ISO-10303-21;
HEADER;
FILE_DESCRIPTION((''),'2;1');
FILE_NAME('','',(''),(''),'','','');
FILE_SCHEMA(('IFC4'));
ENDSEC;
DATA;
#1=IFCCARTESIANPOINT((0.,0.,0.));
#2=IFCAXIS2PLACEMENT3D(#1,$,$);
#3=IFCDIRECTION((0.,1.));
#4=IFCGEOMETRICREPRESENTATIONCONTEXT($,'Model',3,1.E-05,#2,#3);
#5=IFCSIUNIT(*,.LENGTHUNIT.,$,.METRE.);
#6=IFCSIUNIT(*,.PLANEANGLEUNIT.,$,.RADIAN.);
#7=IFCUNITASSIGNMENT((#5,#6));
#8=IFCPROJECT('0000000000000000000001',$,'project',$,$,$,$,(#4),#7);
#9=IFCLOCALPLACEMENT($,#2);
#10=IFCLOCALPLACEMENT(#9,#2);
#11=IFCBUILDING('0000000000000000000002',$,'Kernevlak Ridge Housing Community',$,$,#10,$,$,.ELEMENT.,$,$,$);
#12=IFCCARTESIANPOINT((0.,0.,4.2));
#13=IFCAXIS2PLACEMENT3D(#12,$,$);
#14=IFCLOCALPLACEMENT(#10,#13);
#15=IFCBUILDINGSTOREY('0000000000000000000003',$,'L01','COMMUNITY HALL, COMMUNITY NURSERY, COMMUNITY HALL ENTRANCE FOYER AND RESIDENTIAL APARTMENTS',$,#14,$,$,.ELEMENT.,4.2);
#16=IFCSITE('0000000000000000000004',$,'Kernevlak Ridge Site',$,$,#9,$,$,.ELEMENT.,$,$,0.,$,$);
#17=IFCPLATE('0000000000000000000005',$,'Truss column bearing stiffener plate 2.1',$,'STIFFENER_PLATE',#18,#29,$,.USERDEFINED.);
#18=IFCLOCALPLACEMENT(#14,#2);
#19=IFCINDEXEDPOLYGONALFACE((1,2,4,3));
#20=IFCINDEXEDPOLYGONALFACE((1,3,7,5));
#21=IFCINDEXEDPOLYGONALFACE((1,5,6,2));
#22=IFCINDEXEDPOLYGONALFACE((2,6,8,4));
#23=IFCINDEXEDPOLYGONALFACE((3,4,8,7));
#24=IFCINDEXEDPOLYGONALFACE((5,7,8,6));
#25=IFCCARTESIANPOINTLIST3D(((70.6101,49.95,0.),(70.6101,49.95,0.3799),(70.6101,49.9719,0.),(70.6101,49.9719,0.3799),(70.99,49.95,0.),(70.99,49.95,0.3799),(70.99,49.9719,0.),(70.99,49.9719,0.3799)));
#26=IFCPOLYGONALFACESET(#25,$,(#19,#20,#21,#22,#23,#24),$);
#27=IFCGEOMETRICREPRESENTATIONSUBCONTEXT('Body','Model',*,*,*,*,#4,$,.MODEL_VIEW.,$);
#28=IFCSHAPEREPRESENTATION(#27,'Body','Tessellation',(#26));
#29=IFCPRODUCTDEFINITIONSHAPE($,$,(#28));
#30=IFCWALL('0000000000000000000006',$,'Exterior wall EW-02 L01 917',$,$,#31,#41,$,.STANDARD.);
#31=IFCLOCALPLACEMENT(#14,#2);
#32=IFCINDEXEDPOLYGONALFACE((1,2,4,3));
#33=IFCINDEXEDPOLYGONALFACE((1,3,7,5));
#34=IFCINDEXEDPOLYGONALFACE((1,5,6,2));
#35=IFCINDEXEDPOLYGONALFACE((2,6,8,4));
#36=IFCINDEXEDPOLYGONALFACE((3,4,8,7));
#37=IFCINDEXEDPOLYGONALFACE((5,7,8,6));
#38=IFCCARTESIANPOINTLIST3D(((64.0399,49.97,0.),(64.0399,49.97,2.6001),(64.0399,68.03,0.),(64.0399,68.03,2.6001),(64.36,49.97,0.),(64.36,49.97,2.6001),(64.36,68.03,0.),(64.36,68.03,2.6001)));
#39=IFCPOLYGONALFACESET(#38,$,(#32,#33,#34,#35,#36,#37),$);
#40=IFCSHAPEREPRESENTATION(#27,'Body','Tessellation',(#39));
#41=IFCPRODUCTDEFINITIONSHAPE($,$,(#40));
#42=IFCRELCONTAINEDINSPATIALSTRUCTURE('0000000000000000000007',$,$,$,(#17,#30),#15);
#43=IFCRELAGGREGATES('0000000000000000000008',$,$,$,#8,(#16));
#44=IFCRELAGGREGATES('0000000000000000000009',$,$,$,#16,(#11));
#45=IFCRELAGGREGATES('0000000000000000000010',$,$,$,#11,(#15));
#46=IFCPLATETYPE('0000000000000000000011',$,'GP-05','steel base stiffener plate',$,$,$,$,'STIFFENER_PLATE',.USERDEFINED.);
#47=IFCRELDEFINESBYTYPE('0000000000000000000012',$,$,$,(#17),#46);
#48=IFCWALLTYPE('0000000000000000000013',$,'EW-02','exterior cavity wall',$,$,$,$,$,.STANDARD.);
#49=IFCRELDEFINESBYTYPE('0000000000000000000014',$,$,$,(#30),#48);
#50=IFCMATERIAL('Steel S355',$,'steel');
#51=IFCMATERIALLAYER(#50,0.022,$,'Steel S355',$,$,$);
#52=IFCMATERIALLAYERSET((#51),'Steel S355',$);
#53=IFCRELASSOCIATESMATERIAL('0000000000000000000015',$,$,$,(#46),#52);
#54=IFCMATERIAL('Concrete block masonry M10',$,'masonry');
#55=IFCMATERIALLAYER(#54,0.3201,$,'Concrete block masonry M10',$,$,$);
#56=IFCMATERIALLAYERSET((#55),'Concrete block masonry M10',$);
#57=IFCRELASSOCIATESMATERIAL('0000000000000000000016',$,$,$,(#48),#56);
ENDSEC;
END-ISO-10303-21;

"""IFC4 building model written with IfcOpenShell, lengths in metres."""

from ifc_helpers import new_model, si_unit, direction, frame, frame_2d, origin, origin_2d, place, context, subcontext, project, spatial, rectangle, extrude, material, layer, layer_set, type_object, element, save


model = new_model("IFC4")

# Units and contexts
model_context = context("Model", 3, precision=1e-05, world=origin(), true_north=direction((0.0, 1.0)))
body_context = subcontext(model_context, "Body", "Model", "MODEL_VIEW")
ifc_project = project(units=[si_unit("LENGTHUNIT", "METRE"), si_unit("PLANEANGLEUNIT", "RADIAN")], contexts=[model_context])

# Site, building, storey
site_placement = place(None, origin())
site = spatial("IfcSite", under=ifc_project, at=site_placement, Name="Kernevlak Ridge Site", CompositionType="ELEMENT", RefElevation=0.0)
building_placement = place(site_placement, origin())
building = spatial("IfcBuilding", under=site, at=building_placement, Name="Kernevlak Ridge Housing Community", CompositionType="ELEMENT")
storey_placement = place(building_placement, frame((0.0, 0.0, 4.2)))
storey = spatial("IfcBuildingStorey", under=building, at=storey_placement, Name="L01", Description="COMMUNITY HALL, COMMUNITY NURSERY, COMMUNITY HALL ENTRANCE FOYER AND RESIDENTIAL APARTMENTS", CompositionType="ELEMENT", Elevation=4.2)

# Shared definitions
ifc_material_1 = material(Name="Steel S355", Category="steel")

# Plate
ifc_layer_1 = layer(ifc_material_1, 0.022, Name="Steel S355")
ifc_layer_set_1 = layer_set([ifc_layer_1], Name="Steel S355")
plate_type_1 = type_object("IfcPlateType", Name="GP-05", Description="steel base stiffener plate", ElementType="STIFFENER_PLATE", PredefinedType="USERDEFINED", material=ifc_layer_set_1)
plate_1_placement = place(storey_placement, frame((70.8, 49.9609, 0.0), z_axis=(0.0, 0.0, 1.0), x_axis=(1.0, 0.0, 0.0)))
element("IfcPlate", 1, at=plate_1_placement, inside=storey, type_object=plate_type_1, Name="Truss column bearing stiffener plate 2.1", ObjectType="STIFFENER_PLATE", PredefinedType="USERDEFINED", context=body_context, shape_type="SweptSolid", body=[
    extrude(rectangle(XDim=0.3799, YDim=0.022, at=origin_2d()), origin(), (0.0, 0.0, 1.0), 0.3799),
])

# Wall
ifc_material_2 = material(Name="Concrete block masonry M10", Category="masonry")
ifc_layer_2 = layer(ifc_material_2, 0.3201, Name="Concrete block masonry M10")
ifc_layer_set_2 = layer_set([ifc_layer_2], Name="Concrete block masonry M10")
wall_type = type_object("IfcWallType", Name="EW-02", Description="exterior cavity wall", PredefinedType="STANDARD", material=ifc_layer_set_2)
wall_placement = place(storey_placement, frame((64.2, 49.97, 0.0), z_axis=(0.0, 0.0, 1.0), x_axis=(0.0, 1.0, 0.0)))
element("IfcWall", 2, at=wall_placement, inside=storey, type_object=wall_type, Name="Exterior wall EW-02 L01 917", PredefinedType="STANDARD", context=body_context, shape_type="SweptSolid", body=[
    extrude(rectangle(XDim=18.0601, YDim=0.3201, at=frame_2d((9.03, 0.0))), origin(), (0.0, 0.0, 1.0), 2.6001),
])

save(model, "model.ifc")
